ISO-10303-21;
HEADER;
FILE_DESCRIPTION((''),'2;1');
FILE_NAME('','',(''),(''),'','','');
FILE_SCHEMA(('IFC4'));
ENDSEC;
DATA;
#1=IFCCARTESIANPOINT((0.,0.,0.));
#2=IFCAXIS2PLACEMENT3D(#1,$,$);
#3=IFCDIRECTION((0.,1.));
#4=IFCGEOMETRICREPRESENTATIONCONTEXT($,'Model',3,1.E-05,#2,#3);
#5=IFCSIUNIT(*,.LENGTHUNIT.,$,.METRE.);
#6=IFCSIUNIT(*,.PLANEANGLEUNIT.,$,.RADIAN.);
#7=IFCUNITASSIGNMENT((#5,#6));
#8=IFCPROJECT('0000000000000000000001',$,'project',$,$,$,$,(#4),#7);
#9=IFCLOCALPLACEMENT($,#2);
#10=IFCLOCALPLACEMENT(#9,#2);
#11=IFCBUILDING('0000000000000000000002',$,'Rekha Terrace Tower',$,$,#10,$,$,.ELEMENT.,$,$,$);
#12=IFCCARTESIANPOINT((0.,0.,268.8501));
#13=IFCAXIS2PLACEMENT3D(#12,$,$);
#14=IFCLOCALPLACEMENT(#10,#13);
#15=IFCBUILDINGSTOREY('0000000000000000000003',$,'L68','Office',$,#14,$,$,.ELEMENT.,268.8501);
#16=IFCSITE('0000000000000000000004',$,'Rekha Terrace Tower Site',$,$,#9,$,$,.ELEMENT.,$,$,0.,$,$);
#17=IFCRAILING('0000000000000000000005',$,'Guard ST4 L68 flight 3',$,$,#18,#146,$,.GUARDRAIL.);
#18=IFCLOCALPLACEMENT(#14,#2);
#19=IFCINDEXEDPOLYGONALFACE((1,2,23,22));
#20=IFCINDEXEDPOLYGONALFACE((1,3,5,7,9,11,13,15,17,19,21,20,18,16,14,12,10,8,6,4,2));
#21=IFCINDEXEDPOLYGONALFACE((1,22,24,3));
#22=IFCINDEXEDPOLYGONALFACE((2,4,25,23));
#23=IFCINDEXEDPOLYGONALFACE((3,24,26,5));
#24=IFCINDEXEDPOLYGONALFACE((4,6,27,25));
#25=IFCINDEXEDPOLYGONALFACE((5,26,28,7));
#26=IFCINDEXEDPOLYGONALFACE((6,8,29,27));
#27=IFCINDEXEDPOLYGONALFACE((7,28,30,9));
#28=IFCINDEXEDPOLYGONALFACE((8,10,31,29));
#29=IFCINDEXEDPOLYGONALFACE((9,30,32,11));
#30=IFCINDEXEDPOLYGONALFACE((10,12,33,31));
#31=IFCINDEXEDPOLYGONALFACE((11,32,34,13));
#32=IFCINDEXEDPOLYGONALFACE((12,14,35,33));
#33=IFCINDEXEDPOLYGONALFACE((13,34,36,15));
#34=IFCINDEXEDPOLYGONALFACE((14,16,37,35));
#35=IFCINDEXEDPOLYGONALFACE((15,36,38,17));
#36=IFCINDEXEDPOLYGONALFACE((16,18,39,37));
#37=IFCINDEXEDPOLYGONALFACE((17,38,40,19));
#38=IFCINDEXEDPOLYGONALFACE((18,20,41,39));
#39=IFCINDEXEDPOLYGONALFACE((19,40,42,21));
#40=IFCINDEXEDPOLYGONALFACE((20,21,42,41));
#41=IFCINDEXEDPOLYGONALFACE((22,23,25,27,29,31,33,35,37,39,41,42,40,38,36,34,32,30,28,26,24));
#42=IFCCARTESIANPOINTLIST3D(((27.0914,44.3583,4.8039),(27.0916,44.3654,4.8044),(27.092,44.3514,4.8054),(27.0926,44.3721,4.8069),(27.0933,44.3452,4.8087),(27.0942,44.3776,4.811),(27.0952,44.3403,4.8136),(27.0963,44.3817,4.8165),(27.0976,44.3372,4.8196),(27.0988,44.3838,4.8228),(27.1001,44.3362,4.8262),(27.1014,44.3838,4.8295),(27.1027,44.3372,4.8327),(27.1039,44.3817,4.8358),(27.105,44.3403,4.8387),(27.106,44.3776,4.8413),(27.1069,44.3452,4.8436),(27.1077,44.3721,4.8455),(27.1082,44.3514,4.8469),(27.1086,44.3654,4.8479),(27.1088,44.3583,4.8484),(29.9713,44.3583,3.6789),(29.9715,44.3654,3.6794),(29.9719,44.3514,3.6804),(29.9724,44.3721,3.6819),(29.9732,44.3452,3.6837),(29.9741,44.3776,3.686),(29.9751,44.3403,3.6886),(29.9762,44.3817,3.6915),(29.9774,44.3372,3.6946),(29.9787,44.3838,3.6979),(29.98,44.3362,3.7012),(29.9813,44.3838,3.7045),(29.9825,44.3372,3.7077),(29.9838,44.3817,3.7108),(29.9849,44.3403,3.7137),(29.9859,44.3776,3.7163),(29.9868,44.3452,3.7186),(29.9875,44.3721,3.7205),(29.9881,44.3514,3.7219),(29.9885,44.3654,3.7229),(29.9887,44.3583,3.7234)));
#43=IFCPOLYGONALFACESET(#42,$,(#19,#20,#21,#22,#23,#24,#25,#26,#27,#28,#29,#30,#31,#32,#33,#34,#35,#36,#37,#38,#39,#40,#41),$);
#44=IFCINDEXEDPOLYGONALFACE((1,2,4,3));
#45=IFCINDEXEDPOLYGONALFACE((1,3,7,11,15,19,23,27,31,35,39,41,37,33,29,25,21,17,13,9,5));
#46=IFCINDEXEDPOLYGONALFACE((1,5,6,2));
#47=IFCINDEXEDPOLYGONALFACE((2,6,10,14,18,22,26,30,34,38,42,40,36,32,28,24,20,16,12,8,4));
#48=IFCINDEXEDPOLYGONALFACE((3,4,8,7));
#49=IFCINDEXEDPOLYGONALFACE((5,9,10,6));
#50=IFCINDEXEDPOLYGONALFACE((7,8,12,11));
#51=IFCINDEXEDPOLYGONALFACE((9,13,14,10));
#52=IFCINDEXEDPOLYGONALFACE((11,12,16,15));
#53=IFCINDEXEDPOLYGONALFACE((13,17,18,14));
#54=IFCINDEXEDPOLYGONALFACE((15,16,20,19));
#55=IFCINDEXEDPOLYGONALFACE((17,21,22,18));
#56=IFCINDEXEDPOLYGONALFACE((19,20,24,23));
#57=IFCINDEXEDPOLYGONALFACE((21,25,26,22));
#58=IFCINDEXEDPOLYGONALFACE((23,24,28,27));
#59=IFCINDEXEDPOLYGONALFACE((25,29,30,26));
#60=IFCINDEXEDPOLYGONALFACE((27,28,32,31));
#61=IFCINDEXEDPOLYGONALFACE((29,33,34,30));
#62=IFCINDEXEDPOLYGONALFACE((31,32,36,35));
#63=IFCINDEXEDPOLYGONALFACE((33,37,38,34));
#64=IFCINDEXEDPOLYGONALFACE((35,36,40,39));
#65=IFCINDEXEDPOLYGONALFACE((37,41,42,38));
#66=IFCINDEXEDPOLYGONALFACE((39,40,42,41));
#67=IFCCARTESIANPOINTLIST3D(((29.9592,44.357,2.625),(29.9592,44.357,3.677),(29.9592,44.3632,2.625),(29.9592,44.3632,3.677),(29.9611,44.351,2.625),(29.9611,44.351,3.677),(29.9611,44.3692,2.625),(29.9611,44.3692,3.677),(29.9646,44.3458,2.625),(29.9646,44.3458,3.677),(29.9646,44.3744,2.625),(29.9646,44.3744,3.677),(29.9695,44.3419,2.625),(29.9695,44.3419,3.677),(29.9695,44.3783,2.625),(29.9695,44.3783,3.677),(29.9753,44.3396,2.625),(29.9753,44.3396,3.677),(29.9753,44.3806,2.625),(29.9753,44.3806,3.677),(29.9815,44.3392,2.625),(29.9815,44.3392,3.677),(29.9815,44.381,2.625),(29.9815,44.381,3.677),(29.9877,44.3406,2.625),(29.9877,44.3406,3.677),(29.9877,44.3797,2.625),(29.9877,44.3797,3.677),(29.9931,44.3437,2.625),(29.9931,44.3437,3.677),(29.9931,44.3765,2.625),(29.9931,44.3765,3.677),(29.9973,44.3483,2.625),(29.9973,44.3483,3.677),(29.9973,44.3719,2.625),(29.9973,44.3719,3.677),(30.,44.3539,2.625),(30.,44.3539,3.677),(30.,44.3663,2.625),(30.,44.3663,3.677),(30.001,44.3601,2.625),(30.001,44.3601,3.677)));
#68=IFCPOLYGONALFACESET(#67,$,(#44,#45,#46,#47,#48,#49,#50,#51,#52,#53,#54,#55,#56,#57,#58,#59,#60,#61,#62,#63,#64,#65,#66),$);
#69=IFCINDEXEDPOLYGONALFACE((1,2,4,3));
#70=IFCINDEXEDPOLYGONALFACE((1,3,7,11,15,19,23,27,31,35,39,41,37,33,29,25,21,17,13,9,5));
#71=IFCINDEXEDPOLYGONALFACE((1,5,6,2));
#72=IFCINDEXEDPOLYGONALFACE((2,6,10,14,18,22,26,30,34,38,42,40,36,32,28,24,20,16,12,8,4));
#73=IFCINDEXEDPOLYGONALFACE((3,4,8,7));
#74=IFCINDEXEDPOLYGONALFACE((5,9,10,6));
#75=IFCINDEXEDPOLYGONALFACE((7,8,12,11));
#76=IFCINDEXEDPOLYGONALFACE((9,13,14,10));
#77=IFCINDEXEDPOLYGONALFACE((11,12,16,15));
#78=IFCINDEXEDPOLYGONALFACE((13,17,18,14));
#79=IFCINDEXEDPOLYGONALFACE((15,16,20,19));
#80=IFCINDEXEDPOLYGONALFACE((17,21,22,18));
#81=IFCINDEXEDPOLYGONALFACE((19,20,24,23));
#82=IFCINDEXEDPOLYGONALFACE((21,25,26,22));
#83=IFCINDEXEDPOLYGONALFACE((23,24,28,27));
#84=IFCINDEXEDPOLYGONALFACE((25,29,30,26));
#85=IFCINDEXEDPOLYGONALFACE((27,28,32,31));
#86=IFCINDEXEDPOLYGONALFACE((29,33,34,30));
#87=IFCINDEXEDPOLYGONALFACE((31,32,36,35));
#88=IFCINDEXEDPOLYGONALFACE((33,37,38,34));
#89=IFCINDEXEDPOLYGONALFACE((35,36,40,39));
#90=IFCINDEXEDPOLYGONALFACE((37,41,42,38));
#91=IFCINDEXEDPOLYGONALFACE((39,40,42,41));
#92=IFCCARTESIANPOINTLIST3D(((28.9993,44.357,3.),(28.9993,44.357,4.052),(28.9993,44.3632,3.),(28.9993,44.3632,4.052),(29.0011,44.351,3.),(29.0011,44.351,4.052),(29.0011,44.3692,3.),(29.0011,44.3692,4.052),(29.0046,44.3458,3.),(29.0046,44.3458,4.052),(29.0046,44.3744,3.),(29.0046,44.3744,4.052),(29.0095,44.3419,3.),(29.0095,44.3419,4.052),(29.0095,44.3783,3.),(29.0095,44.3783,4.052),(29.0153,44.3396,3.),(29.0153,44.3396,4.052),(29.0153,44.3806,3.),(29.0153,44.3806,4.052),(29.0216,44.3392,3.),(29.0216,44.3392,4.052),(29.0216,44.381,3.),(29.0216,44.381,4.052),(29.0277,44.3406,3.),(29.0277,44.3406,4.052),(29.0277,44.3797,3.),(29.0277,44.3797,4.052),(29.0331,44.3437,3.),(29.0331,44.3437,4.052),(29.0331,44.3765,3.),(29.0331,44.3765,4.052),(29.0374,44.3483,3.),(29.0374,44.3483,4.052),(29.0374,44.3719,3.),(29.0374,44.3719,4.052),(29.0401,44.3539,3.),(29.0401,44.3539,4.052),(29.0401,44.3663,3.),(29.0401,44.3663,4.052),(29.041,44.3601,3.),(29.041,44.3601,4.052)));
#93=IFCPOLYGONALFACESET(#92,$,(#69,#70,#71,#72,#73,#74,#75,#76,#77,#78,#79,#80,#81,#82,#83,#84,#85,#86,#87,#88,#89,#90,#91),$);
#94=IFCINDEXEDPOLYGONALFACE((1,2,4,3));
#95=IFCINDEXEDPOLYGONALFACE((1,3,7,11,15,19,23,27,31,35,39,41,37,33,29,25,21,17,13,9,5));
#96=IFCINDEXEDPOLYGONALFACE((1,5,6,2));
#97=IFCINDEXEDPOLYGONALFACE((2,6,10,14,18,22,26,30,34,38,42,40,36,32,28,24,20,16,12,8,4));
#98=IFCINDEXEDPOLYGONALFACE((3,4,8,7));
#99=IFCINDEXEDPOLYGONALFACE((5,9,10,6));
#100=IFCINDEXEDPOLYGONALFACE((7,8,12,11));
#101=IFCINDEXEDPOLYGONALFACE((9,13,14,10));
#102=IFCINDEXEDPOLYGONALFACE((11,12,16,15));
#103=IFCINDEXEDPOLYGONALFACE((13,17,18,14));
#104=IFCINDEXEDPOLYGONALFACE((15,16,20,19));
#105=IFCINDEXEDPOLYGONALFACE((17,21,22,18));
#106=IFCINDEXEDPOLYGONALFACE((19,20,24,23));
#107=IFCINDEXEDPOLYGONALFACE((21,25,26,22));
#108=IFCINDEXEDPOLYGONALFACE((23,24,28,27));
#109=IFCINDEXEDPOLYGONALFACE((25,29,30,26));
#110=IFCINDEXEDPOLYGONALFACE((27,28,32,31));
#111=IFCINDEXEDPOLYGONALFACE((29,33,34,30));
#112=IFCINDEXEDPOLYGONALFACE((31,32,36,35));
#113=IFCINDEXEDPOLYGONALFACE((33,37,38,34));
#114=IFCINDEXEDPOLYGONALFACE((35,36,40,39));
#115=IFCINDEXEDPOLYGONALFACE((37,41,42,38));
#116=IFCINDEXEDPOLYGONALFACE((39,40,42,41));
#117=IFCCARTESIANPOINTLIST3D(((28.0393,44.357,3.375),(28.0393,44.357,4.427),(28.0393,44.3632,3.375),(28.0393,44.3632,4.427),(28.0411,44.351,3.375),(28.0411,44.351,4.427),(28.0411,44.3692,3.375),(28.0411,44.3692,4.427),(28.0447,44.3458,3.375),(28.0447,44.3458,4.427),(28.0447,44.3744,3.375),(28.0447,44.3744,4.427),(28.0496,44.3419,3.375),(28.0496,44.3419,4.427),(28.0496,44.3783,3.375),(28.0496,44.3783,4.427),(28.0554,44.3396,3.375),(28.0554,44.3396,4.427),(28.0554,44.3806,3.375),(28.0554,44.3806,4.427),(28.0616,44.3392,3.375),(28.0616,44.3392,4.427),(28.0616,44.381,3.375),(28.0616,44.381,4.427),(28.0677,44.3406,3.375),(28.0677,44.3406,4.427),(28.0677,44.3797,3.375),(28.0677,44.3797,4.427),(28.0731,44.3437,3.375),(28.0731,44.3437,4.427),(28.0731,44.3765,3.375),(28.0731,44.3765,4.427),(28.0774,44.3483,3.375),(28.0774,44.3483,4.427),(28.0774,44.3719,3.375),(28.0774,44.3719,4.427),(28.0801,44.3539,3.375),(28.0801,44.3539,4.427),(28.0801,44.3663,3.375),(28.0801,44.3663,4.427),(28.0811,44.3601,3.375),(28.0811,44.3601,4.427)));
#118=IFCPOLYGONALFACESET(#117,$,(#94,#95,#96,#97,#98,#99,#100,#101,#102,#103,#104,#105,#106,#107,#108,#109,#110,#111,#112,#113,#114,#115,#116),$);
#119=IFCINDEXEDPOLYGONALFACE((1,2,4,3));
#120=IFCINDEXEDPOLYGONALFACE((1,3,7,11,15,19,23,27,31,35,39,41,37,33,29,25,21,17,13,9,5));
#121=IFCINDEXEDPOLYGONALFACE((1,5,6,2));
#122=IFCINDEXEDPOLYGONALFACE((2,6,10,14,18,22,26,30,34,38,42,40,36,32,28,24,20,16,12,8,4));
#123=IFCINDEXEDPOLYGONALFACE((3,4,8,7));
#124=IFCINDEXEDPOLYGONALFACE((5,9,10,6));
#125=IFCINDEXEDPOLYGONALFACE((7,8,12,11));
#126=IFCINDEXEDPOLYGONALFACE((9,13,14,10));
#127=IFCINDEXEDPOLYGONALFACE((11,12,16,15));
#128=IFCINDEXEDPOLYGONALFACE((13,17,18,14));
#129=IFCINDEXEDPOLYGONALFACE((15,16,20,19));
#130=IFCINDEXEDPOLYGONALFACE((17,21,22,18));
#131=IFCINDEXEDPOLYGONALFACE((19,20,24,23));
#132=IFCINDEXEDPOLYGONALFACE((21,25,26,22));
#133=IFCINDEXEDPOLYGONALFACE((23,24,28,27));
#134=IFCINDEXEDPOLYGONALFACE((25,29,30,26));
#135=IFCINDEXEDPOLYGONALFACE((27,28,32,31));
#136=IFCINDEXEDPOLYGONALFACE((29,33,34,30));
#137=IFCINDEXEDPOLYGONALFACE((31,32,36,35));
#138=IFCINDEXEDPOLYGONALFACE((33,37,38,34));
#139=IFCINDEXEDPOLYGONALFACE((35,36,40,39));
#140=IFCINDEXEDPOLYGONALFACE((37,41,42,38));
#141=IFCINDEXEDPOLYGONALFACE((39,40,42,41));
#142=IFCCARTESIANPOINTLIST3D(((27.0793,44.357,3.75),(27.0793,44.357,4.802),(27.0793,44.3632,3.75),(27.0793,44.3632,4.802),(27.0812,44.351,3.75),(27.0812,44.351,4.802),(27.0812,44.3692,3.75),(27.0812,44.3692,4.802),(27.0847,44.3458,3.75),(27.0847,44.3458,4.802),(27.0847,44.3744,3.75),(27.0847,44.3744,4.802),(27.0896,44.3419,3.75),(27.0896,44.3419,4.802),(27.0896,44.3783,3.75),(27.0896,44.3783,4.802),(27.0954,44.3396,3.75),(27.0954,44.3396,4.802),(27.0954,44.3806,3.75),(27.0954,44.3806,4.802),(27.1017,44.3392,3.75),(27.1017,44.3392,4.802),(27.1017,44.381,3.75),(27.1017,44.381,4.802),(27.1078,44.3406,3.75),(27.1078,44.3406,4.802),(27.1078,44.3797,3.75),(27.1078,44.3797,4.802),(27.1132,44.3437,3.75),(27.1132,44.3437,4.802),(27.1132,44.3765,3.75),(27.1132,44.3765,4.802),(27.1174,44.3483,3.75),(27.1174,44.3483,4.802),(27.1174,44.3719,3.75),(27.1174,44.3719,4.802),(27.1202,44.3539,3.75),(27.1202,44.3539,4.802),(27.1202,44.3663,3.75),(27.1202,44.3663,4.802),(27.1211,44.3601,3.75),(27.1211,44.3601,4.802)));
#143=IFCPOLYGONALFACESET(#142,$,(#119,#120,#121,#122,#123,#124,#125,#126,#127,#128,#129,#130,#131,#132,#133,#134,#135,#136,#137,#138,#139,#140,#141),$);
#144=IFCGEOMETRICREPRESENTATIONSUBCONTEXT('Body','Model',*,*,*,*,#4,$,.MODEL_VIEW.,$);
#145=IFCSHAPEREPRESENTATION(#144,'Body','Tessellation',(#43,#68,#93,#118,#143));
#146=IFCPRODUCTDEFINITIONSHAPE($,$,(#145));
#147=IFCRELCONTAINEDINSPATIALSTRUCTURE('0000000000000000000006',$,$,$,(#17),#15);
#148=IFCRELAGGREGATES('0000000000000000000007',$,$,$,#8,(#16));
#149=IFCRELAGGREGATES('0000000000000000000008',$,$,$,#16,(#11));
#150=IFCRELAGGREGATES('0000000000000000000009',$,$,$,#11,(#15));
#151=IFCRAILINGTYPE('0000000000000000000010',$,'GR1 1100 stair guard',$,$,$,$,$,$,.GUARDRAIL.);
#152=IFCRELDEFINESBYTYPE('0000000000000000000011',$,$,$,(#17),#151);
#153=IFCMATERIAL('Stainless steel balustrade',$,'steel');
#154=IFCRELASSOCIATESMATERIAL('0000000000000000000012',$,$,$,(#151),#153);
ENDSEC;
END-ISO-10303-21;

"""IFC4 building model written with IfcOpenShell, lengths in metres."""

from ifc_helpers import new_model, si_unit, direction, frame, origin, origin_2d, place, context, subcontext, project, spatial, circle, extrude, material, type_object, element, save


model = new_model("IFC4")

# Units and contexts
model_context = context("Model", 3, precision=1e-05, world=origin(), true_north=direction((0.0, 1.0)))
body_context = subcontext(model_context, "Body", "Model", "MODEL_VIEW")
ifc_project = project(units=[si_unit("LENGTHUNIT", "METRE"), si_unit("PLANEANGLEUNIT", "RADIAN")], contexts=[model_context])

# Site, building, storey
site_placement = place(None, origin())
site = spatial("IfcSite", under=ifc_project, at=site_placement, Name="Rekha Terrace Tower Site", CompositionType="ELEMENT", RefElevation=0.0)
building_placement = place(site_placement, origin())
building = spatial("IfcBuilding", under=site, at=building_placement, Name="Rekha Terrace Tower", CompositionType="ELEMENT")
storey_placement = place(building_placement, frame((0.0, 0.0, 268.8501)))
storey = spatial("IfcBuildingStorey", under=building, at=storey_placement, Name="L68", Description="Office", CompositionType="ELEMENT", Elevation=268.8501)

# Railing
ifc_material_1 = material(Name="Stainless steel balustrade", Category="steel")
railing_type_1 = type_object("IfcRailingType", Name="GR1 1100 stair guard", PredefinedType="GUARDRAIL", material=ifc_material_1)
railing_1_placement = place(storey_placement, frame((29.98, 44.3601, 2.625)))
element("IfcRailing", 1, at=railing_1_placement, inside=storey, type_object=railing_type_1, Name="Guard ST4 L68 flight 3", PredefinedType="GUARDRAIL", context=body_context, shape_type="SweptSolid", body=[
    extrude(circle(Radius=0.0239, at=origin_2d()), frame((0.0, 0.0, 1.0762), z_axis=(-0.931452, 0.0, 0.363863), x_axis=(0.0, -1.0, 0.0)), (0.0, 0.0, 1.0), 3.0918),
    extrude(circle(Radius=0.021, at=origin_2d()), origin(), (0.0, 0.0, 1.0), 1.052),
    extrude(circle(Radius=0.021, at=origin_2d()), frame((-0.96, 0.0, 0.375)), (0.0, 0.0, 1.0), 1.052),
    extrude(circle(Radius=0.021, at=origin_2d()), frame((-1.9199, 0.0, 0.75)), (0.0, 0.0, 1.0), 1.052),
    extrude(circle(Radius=0.021, at=origin_2d()), frame((-2.8799, 0.0, 1.125)), (0.0, 0.0, 1.0), 1.052),
])

save(model, "model.ifc")
